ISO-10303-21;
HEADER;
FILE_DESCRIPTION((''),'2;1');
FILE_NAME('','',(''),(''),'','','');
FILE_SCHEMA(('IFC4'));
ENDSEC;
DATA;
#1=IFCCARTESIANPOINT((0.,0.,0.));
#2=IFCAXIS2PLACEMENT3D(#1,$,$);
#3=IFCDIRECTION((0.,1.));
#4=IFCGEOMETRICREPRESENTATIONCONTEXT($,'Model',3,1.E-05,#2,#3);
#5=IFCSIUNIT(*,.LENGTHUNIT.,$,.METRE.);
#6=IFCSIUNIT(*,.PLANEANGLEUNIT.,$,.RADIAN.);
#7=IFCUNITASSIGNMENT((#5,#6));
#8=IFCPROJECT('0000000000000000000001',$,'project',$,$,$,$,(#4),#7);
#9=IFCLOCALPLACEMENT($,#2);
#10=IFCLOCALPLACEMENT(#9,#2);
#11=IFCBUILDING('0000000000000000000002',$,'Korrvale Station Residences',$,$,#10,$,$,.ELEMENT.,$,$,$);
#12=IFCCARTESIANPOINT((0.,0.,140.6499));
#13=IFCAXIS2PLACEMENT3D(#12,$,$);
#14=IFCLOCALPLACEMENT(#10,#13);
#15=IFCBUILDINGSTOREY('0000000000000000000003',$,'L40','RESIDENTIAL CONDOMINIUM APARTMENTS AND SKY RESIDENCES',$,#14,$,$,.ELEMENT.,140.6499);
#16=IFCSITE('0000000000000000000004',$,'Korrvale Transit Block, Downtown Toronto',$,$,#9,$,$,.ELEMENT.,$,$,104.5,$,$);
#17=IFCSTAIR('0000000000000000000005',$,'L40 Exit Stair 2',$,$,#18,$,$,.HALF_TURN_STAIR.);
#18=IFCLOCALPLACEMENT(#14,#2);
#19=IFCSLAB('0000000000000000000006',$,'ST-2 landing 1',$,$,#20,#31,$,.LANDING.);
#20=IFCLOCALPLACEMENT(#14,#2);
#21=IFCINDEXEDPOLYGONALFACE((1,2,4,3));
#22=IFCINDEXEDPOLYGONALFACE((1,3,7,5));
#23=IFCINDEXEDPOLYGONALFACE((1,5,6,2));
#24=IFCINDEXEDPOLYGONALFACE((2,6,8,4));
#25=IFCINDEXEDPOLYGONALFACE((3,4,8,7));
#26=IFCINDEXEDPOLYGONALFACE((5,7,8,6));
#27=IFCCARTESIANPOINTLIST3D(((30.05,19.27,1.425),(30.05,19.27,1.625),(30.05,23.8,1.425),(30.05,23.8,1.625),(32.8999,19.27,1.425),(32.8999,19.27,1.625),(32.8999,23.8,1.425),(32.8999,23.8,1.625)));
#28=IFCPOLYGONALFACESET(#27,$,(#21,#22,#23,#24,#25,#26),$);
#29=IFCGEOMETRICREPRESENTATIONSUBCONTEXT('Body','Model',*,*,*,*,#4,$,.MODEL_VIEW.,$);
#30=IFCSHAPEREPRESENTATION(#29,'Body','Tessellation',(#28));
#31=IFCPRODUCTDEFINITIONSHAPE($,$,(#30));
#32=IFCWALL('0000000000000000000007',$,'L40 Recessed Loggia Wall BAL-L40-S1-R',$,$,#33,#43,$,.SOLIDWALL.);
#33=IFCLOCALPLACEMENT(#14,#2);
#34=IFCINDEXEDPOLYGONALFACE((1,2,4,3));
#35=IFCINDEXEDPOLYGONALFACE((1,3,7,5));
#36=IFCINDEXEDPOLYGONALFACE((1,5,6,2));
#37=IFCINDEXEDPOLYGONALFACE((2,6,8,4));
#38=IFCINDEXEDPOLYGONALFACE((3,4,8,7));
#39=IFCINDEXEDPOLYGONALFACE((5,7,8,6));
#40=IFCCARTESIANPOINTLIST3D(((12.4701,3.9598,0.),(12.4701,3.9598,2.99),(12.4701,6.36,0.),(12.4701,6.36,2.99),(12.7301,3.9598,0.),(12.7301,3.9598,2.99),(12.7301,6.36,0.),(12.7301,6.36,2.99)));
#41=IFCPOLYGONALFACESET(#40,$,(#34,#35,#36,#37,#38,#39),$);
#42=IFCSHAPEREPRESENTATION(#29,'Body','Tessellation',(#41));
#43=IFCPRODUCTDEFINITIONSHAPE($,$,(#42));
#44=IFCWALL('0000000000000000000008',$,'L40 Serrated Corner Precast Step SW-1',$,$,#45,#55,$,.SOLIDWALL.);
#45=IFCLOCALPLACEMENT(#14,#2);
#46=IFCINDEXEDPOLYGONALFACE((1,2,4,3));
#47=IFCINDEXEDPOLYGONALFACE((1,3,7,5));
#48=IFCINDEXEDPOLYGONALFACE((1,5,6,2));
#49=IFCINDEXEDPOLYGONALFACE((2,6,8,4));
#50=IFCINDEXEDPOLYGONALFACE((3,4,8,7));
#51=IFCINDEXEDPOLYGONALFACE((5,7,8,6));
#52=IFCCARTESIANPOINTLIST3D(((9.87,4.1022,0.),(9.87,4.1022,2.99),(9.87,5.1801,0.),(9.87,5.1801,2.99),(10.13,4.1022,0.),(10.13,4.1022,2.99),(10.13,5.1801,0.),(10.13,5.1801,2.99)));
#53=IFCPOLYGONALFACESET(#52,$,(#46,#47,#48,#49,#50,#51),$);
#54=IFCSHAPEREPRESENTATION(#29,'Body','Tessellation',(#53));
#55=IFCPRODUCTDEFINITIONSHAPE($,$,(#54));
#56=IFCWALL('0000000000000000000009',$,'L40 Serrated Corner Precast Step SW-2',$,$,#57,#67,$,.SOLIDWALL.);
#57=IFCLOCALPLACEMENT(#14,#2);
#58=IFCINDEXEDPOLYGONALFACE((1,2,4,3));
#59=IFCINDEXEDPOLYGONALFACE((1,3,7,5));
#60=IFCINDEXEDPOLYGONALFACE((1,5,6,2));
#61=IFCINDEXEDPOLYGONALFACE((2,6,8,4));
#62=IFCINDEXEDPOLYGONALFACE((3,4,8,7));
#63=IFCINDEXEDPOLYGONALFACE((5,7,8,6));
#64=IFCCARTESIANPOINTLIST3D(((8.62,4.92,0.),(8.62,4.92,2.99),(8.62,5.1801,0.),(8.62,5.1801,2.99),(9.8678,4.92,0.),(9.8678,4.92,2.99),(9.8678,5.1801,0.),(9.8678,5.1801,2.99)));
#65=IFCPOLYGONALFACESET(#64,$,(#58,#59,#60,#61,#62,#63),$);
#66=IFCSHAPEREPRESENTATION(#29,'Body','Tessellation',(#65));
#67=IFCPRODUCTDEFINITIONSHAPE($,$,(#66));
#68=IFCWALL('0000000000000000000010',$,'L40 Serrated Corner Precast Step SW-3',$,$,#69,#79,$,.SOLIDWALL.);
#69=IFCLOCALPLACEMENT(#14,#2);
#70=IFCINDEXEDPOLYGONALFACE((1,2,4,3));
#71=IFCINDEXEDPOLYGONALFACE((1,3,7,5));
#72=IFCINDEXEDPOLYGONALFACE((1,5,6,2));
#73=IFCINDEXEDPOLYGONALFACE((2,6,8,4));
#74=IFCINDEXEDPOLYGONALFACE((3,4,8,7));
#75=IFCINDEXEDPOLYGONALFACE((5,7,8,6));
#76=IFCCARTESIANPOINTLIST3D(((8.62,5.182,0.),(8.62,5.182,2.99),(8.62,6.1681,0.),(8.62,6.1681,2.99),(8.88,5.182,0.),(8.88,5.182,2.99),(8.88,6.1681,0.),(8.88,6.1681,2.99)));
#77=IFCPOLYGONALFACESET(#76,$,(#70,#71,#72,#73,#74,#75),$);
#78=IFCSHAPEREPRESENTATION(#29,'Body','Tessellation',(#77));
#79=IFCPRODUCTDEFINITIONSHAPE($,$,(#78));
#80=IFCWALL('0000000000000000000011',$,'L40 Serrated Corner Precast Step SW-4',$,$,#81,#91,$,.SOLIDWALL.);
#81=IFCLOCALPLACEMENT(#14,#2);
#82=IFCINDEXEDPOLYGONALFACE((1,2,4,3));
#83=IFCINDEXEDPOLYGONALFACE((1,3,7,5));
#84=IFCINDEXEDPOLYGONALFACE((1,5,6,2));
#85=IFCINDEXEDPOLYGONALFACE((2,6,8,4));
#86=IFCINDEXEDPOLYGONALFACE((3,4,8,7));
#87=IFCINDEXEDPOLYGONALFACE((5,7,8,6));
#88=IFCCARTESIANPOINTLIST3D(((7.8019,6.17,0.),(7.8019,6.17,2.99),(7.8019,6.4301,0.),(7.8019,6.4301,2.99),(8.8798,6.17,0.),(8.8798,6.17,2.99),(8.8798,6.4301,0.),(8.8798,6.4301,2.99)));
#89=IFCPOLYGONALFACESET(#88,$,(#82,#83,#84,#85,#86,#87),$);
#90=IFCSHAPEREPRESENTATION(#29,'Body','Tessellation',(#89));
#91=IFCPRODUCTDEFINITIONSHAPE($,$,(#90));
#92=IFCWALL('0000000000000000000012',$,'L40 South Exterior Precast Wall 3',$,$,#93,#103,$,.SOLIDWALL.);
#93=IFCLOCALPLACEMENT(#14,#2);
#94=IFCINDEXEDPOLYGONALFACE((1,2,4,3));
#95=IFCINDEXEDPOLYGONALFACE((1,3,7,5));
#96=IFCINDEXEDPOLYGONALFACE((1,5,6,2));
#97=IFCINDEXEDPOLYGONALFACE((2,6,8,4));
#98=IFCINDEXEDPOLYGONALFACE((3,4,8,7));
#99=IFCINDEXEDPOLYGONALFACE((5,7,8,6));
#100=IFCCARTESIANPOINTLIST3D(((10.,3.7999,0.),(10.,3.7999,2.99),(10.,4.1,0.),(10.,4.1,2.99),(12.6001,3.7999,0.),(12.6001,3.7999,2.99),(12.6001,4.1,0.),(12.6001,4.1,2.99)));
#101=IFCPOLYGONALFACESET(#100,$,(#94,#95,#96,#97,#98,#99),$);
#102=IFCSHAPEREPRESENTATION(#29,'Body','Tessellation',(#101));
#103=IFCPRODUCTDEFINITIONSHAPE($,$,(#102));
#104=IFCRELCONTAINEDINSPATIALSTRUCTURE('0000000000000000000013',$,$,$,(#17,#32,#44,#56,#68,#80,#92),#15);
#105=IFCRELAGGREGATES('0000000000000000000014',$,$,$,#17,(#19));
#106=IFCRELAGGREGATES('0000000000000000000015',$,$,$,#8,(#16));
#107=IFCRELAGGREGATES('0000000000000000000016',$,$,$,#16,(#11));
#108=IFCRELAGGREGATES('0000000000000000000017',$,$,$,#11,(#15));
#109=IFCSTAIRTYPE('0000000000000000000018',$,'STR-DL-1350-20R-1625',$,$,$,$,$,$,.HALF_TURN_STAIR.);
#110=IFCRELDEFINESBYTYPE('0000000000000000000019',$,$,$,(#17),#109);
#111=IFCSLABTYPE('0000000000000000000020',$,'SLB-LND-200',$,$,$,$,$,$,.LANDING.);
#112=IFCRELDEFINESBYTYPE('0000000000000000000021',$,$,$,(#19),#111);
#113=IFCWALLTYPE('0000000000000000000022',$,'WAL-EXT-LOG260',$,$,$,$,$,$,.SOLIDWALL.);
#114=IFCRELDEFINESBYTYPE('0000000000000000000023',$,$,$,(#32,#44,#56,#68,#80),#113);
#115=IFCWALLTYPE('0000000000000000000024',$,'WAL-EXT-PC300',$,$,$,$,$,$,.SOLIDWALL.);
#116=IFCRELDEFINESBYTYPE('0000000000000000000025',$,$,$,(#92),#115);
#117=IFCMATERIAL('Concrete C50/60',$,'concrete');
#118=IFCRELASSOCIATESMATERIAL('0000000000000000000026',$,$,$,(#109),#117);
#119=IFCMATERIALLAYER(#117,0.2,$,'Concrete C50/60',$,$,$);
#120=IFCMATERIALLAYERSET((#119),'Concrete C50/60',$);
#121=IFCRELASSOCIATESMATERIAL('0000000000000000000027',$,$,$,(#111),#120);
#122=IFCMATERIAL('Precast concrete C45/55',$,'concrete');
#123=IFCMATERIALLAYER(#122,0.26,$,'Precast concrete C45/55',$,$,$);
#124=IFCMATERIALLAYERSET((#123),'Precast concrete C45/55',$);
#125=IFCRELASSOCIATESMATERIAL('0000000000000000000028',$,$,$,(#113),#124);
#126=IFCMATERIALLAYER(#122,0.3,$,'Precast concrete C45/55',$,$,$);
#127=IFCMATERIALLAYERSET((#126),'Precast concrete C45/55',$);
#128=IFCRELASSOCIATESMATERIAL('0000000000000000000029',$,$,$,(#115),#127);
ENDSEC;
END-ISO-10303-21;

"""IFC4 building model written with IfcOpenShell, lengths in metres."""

from ifc_helpers import new_model, si_unit, direction, frame, frame_2d, origin, place, context, subcontext, project, spatial, polyline, rectangle, outline, extrude, material, layer, layer_set, type_object, element, aggregate, save


model = new_model("IFC4")

# Units and contexts
model_context = context("Model", 3, precision=1e-05, world=origin(), true_north=direction((0.0, 1.0)))
body_context = subcontext(model_context, "Body", "Model", "MODEL_VIEW")
ifc_project = project(units=[si_unit("LENGTHUNIT", "METRE"), si_unit("PLANEANGLEUNIT", "RADIAN")], contexts=[model_context])

# Site, building, storey
site_placement = place(None, origin())
site = spatial("IfcSite", under=ifc_project, at=site_placement, Name="Korrvale Transit Block, Downtown Toronto", CompositionType="ELEMENT", RefElevation=104.5)
building_placement = place(site_placement, origin())
building = spatial("IfcBuilding", under=site, at=building_placement, Name="Korrvale Station Residences", CompositionType="ELEMENT")
storey_placement = place(building_placement, frame((0.0, 0.0, 140.6499)))
storey = spatial("IfcBuildingStorey", under=building, at=storey_placement, Name="L40", Description="RESIDENTIAL CONDOMINIUM APARTMENTS AND SKY RESIDENCES", CompositionType="ELEMENT", Elevation=140.6499)

# Shared definitions
ifc_material_1 = material(Name="Concrete C50/60", Category="concrete")

# Stair, slab
stair_type = type_object("IfcStairType", Name="STR-DL-1350-20R-1625", PredefinedType="HALF_TURN_STAIR", material=ifc_material_1)
ifc_layer_1 = layer(ifc_material_1, 0.2, Name="Concrete C50/60")
ifc_layer_set_1 = layer_set([ifc_layer_1], Name="Concrete C50/60")
slab_type_1 = type_object("IfcSlabType", Name="SLB-LND-200", PredefinedType="LANDING", material=ifc_layer_set_1)
stair_1_placement = place(storey_placement, origin())
stair_1 = element("IfcStair", 1, at=stair_1_placement, inside=storey, type_object=stair_type, Name="L40 Exit Stair 2", PredefinedType="HALF_TURN_STAIR")
slab_1_placement = place(storey_placement, frame((0.0, 0.0, 1.425)))
slab_1 = element("IfcSlab", 2, at=slab_1_placement, type_object=slab_type_1, Name="ST-2 landing 1", PredefinedType="LANDING", context=body_context, shape_type="SweptSolid", body=[
    extrude(outline(polyline([(32.8999, 19.27), (32.8999, 23.8), (30.05, 23.8), (30.05, 19.27), (32.8999, 19.27)])), origin(), (0.0, 0.0, 1.0), 0.2),
])
aggregate(stair_1, [slab_1])

# Walls
ifc_material_2 = material(Name="Precast concrete C45/55", Category="concrete")
ifc_layer_2 = layer(ifc_material_2, 0.26, Name="Precast concrete C45/55")
ifc_layer_set_2 = layer_set([ifc_layer_2], Name="Precast concrete C45/55")
wall_type_1 = type_object("IfcWallType", Name="WAL-EXT-LOG260", PredefinedType="SOLIDWALL", material=ifc_layer_set_2)
wall_1_placement = place(storey_placement, frame((12.6001, 6.3601, 0.0), z_axis=(0.0, 0.0, 1.0), x_axis=(0.0, -1.0, 0.0)))
element("IfcWall", 3, at=wall_1_placement, inside=storey, type_object=wall_type_1, Name="L40 Recessed Loggia Wall BAL-L40-S1-R", PredefinedType="SOLIDWALL", context=body_context, shape_type="SweptSolid", body=[
    extrude(rectangle(XDim=2.4001, YDim=0.26, at=frame_2d((1.2002, 0.0))), origin(), (0.0, 0.0, 1.0), 2.99),
])
wall_2_placement = place(storey_placement, frame((10.0, 4.1021, 0.0), z_axis=(0.0, 0.0, 1.0), x_axis=(0.0, 1.0, 0.0)))
element("IfcWall", 4, at=wall_2_placement, inside=storey, type_object=wall_type_1, Name="L40 Serrated Corner Precast Step SW-1", PredefinedType="SOLIDWALL", context=body_context, shape_type="SweptSolid", body=[
    extrude(rectangle(XDim=1.0779, YDim=0.26, at=frame_2d((0.5391, 0.0))), origin(), (0.0, 0.0, 1.0), 2.99),
])
wall_3_placement = place(storey_placement, frame((9.8679, 5.05, 0.0), z_axis=(0.0, 0.0, 1.0), x_axis=(-1.0, 0.0, 0.0)))
element("IfcWall", 5, at=wall_3_placement, inside=storey, type_object=wall_type_1, Name="L40 Serrated Corner Precast Step SW-2", PredefinedType="SOLIDWALL", context=body_context, shape_type="SweptSolid", body=[
    extrude(rectangle(XDim=1.2478, YDim=0.26, at=frame_2d((0.624, 0.0))), origin(), (0.0, 0.0, 1.0), 2.99),
])
wall_4_placement = place(storey_placement, frame((8.75, 5.1819, 0.0), z_axis=(0.0, 0.0, 1.0), x_axis=(0.0, 1.0, 0.0)))
element("IfcWall", 6, at=wall_4_placement, inside=storey, type_object=wall_type_1, Name="L40 Serrated Corner Precast Step SW-3", PredefinedType="SOLIDWALL", context=body_context, shape_type="SweptSolid", body=[
    extrude(rectangle(XDim=0.9861, YDim=0.26, at=frame_2d((0.4932, 0.0))), origin(), (0.0, 0.0, 1.0), 2.99),
])
wall_5_placement = place(storey_placement, frame((8.8799, 6.3, 0.0), z_axis=(0.0, 0.0, 1.0), x_axis=(-1.0, 0.0, 0.0)))
element("IfcWall", 7, at=wall_5_placement, inside=storey, type_object=wall_type_1, Name="L40 Serrated Corner Precast Step SW-4", PredefinedType="SOLIDWALL", context=body_context, shape_type="SweptSolid", body=[
    extrude(rectangle(XDim=1.0779, YDim=0.26, at=frame_2d((0.5391, 0.0))), origin(), (0.0, 0.0, 1.0), 2.99),
])
ifc_layer_3 = layer(ifc_material_2, 0.3, Name="Precast concrete C45/55")
ifc_layer_set_3 = layer_set([ifc_layer_3], Name="Precast concrete C45/55")
wall_type_2 = type_object("IfcWallType", Name="WAL-EXT-PC300", PredefinedType="SOLIDWALL", material=ifc_layer_set_3)
wall_6_placement = place(storey_placement, frame((12.6001, 3.95, 0.0), z_axis=(0.0, 0.0, 1.0), x_axis=(-1.0, 0.0, 0.0)))
element("IfcWall", 8, at=wall_6_placement, inside=storey, type_object=wall_type_2, Name="L40 South Exterior Precast Wall 3", PredefinedType="SOLIDWALL", context=body_context, shape_type="SweptSolid", body=[
    extrude(rectangle(XDim=2.6001, YDim=0.3, at=frame_2d((1.3, 0.0))), origin(), (0.0, 0.0, 1.0), 2.99),
])

save(model, "model.ifc")
